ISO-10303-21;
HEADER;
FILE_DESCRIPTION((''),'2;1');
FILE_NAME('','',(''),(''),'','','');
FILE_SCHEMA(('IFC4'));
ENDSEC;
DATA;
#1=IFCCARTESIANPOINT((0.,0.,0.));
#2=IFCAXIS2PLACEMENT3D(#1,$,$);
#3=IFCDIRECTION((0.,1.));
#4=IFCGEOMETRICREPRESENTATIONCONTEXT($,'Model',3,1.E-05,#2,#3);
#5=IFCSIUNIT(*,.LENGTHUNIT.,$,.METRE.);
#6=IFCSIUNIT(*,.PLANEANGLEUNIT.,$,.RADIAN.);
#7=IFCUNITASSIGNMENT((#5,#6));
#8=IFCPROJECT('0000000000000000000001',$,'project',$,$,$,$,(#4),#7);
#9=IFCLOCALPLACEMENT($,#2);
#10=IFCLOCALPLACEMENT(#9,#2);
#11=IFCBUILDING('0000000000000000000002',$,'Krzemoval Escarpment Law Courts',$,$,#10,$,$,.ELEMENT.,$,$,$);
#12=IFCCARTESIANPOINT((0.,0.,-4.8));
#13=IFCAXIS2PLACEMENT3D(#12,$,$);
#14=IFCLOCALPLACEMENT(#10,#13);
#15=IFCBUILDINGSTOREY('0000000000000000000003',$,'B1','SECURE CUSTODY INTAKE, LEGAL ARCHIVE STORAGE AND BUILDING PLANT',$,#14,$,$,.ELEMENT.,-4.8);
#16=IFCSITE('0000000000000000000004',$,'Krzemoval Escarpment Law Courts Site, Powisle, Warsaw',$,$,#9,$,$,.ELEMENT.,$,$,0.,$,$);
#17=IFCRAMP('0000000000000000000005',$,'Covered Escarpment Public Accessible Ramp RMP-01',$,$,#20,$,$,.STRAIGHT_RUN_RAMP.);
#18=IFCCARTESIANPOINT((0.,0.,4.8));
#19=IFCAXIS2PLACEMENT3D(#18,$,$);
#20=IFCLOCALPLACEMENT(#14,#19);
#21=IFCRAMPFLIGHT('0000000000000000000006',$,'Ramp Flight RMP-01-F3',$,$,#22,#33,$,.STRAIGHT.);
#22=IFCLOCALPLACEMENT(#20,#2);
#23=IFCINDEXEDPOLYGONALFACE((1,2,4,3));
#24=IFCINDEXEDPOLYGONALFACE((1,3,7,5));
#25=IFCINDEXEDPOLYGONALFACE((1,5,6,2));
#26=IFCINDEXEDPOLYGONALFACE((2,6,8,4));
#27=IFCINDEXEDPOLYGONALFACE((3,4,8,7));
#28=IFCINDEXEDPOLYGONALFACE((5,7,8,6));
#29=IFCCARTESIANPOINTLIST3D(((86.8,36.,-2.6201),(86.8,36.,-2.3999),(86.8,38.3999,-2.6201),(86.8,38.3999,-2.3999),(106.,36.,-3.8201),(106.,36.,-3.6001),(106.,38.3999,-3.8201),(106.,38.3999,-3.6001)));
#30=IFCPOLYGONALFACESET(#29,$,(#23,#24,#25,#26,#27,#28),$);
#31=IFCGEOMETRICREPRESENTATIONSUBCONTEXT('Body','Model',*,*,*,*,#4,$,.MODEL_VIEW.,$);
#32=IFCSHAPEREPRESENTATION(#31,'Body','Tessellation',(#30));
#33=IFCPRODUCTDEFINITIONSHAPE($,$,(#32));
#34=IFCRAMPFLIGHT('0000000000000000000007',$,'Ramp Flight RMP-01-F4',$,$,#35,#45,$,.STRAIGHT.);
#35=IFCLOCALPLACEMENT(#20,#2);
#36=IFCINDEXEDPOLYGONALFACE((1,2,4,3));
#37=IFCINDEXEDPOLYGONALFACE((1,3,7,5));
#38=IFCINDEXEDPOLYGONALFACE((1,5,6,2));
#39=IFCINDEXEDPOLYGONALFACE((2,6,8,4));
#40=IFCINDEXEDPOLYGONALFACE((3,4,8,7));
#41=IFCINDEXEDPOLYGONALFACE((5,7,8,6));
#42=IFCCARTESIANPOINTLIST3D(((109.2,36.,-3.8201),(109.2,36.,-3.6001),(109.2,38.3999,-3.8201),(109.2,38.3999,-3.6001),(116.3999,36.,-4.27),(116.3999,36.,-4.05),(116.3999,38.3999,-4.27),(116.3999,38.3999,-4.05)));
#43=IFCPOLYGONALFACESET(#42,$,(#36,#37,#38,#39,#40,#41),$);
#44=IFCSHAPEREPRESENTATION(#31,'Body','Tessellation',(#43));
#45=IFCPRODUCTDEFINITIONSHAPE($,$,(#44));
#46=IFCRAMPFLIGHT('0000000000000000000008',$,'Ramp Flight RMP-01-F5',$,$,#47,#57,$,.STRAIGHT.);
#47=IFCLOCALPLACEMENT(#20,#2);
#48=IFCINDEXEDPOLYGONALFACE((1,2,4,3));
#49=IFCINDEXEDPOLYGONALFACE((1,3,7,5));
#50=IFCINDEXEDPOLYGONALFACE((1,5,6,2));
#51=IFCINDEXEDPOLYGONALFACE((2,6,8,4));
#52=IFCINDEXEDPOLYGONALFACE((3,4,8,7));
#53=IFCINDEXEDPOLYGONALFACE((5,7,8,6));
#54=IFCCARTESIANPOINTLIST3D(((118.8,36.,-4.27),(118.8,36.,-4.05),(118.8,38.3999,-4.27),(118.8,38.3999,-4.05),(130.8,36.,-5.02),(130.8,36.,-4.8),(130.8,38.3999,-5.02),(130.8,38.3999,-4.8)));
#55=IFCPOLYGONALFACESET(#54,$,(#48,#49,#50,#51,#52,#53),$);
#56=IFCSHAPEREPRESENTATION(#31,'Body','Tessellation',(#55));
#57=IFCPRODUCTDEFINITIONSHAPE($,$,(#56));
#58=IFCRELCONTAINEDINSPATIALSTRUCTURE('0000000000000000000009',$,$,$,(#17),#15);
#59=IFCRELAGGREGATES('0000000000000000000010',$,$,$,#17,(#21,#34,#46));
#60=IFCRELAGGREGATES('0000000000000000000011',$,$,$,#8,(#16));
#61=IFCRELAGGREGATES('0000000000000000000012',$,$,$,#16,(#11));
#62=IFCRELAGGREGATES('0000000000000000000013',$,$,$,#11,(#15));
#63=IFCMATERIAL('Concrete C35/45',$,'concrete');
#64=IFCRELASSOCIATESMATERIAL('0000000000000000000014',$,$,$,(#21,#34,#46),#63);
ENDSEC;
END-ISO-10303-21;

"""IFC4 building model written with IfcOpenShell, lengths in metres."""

from ifc_helpers import new_model, si_unit, direction, frame, origin, place, context, subcontext, project, spatial, polyline, outline, extrude, material, element, aggregate, save


model = new_model("IFC4")

# Units and contexts
model_context = context("Model", 3, precision=1e-05, world=origin(), true_north=direction((0.0, 1.0)))
body_context = subcontext(model_context, "Body", "Model", "MODEL_VIEW")
ifc_project = project(units=[si_unit("LENGTHUNIT", "METRE"), si_unit("PLANEANGLEUNIT", "RADIAN")], contexts=[model_context])

# Site, building, storey
site_placement = place(None, origin())
site = spatial("IfcSite", under=ifc_project, at=site_placement, Name="Krzemoval Escarpment Law Courts Site, Powisle, Warsaw", CompositionType="ELEMENT", RefElevation=0.0)
building_placement = place(site_placement, origin())
building = spatial("IfcBuilding", under=site, at=building_placement, Name="Krzemoval Escarpment Law Courts", CompositionType="ELEMENT")
storey_placement = place(building_placement, frame((0.0, 0.0, -4.8)))
storey = spatial("IfcBuildingStorey", under=building, at=storey_placement, Name="B1", Description="SECURE CUSTODY INTAKE, LEGAL ARCHIVE STORAGE AND BUILDING PLANT", CompositionType="ELEMENT", Elevation=-4.8)

# Ramp, ramp flights
ramp_placement = place(storey_placement, frame((0.0, 0.0, 4.8)))
ramp = element("IfcRamp", 1, at=ramp_placement, inside=storey, Name="Covered Escarpment Public Accessible Ramp RMP-01", PredefinedType="STRAIGHT_RUN_RAMP")
ifc_material_1 = material(Name="Concrete C35/45", Category="concrete")
ramp_flight_1_placement = place(ramp_placement, origin())
ramp_flight_1 = element("IfcRampFlight", 2, at=ramp_flight_1_placement, material=ifc_material_1, Name="Ramp Flight RMP-01-F3", PredefinedType="STRAIGHT", context=body_context, shape_type="SweptSolid", body=[
    extrude(outline(polyline([(0.0, -2.3999), (19.2, -3.6001), (19.2, -3.8201), (0.0, -2.6201), (0.0, -2.3999)])), frame((86.8, 38.3999, 0.0), z_axis=(0.0, -1.0, 0.0), x_axis=(1.0, 0.0, 0.0)), (0.0, 0.0, 1.0), 2.3999),
])
ramp_flight_2_placement = place(ramp_placement, origin())
ramp_flight_2 = element("IfcRampFlight", 3, at=ramp_flight_2_placement, material=ifc_material_1, Name="Ramp Flight RMP-01-F4", PredefinedType="STRAIGHT", context=body_context, shape_type="SweptSolid", body=[
    extrude(outline(polyline([(0.0, -3.6001), (7.2, -4.05), (7.2, -4.27), (0.0, -3.8201), (0.0, -3.6001)])), frame((109.2, 38.3999, 0.0), z_axis=(0.0, -1.0, 0.0), x_axis=(1.0, 0.0, 0.0)), (0.0, 0.0, 1.0), 2.3999),
])
ramp_flight_3_placement = place(ramp_placement, origin())
ramp_flight_3 = element("IfcRampFlight", 4, at=ramp_flight_3_placement, material=ifc_material_1, Name="Ramp Flight RMP-01-F5", PredefinedType="STRAIGHT", context=body_context, shape_type="SweptSolid", body=[
    extrude(outline(polyline([(0.0, -4.05), (12.0, -4.8), (12.0, -5.02), (0.0, -4.27), (0.0, -4.05)])), frame((118.8, 38.3999, 0.0), z_axis=(0.0, -1.0, 0.0), x_axis=(1.0, 0.0, 0.0)), (0.0, 0.0, 1.0), 2.3999),
])
aggregate(ramp, [ramp_flight_1, ramp_flight_2, ramp_flight_3])

save(model, "model.ifc")
